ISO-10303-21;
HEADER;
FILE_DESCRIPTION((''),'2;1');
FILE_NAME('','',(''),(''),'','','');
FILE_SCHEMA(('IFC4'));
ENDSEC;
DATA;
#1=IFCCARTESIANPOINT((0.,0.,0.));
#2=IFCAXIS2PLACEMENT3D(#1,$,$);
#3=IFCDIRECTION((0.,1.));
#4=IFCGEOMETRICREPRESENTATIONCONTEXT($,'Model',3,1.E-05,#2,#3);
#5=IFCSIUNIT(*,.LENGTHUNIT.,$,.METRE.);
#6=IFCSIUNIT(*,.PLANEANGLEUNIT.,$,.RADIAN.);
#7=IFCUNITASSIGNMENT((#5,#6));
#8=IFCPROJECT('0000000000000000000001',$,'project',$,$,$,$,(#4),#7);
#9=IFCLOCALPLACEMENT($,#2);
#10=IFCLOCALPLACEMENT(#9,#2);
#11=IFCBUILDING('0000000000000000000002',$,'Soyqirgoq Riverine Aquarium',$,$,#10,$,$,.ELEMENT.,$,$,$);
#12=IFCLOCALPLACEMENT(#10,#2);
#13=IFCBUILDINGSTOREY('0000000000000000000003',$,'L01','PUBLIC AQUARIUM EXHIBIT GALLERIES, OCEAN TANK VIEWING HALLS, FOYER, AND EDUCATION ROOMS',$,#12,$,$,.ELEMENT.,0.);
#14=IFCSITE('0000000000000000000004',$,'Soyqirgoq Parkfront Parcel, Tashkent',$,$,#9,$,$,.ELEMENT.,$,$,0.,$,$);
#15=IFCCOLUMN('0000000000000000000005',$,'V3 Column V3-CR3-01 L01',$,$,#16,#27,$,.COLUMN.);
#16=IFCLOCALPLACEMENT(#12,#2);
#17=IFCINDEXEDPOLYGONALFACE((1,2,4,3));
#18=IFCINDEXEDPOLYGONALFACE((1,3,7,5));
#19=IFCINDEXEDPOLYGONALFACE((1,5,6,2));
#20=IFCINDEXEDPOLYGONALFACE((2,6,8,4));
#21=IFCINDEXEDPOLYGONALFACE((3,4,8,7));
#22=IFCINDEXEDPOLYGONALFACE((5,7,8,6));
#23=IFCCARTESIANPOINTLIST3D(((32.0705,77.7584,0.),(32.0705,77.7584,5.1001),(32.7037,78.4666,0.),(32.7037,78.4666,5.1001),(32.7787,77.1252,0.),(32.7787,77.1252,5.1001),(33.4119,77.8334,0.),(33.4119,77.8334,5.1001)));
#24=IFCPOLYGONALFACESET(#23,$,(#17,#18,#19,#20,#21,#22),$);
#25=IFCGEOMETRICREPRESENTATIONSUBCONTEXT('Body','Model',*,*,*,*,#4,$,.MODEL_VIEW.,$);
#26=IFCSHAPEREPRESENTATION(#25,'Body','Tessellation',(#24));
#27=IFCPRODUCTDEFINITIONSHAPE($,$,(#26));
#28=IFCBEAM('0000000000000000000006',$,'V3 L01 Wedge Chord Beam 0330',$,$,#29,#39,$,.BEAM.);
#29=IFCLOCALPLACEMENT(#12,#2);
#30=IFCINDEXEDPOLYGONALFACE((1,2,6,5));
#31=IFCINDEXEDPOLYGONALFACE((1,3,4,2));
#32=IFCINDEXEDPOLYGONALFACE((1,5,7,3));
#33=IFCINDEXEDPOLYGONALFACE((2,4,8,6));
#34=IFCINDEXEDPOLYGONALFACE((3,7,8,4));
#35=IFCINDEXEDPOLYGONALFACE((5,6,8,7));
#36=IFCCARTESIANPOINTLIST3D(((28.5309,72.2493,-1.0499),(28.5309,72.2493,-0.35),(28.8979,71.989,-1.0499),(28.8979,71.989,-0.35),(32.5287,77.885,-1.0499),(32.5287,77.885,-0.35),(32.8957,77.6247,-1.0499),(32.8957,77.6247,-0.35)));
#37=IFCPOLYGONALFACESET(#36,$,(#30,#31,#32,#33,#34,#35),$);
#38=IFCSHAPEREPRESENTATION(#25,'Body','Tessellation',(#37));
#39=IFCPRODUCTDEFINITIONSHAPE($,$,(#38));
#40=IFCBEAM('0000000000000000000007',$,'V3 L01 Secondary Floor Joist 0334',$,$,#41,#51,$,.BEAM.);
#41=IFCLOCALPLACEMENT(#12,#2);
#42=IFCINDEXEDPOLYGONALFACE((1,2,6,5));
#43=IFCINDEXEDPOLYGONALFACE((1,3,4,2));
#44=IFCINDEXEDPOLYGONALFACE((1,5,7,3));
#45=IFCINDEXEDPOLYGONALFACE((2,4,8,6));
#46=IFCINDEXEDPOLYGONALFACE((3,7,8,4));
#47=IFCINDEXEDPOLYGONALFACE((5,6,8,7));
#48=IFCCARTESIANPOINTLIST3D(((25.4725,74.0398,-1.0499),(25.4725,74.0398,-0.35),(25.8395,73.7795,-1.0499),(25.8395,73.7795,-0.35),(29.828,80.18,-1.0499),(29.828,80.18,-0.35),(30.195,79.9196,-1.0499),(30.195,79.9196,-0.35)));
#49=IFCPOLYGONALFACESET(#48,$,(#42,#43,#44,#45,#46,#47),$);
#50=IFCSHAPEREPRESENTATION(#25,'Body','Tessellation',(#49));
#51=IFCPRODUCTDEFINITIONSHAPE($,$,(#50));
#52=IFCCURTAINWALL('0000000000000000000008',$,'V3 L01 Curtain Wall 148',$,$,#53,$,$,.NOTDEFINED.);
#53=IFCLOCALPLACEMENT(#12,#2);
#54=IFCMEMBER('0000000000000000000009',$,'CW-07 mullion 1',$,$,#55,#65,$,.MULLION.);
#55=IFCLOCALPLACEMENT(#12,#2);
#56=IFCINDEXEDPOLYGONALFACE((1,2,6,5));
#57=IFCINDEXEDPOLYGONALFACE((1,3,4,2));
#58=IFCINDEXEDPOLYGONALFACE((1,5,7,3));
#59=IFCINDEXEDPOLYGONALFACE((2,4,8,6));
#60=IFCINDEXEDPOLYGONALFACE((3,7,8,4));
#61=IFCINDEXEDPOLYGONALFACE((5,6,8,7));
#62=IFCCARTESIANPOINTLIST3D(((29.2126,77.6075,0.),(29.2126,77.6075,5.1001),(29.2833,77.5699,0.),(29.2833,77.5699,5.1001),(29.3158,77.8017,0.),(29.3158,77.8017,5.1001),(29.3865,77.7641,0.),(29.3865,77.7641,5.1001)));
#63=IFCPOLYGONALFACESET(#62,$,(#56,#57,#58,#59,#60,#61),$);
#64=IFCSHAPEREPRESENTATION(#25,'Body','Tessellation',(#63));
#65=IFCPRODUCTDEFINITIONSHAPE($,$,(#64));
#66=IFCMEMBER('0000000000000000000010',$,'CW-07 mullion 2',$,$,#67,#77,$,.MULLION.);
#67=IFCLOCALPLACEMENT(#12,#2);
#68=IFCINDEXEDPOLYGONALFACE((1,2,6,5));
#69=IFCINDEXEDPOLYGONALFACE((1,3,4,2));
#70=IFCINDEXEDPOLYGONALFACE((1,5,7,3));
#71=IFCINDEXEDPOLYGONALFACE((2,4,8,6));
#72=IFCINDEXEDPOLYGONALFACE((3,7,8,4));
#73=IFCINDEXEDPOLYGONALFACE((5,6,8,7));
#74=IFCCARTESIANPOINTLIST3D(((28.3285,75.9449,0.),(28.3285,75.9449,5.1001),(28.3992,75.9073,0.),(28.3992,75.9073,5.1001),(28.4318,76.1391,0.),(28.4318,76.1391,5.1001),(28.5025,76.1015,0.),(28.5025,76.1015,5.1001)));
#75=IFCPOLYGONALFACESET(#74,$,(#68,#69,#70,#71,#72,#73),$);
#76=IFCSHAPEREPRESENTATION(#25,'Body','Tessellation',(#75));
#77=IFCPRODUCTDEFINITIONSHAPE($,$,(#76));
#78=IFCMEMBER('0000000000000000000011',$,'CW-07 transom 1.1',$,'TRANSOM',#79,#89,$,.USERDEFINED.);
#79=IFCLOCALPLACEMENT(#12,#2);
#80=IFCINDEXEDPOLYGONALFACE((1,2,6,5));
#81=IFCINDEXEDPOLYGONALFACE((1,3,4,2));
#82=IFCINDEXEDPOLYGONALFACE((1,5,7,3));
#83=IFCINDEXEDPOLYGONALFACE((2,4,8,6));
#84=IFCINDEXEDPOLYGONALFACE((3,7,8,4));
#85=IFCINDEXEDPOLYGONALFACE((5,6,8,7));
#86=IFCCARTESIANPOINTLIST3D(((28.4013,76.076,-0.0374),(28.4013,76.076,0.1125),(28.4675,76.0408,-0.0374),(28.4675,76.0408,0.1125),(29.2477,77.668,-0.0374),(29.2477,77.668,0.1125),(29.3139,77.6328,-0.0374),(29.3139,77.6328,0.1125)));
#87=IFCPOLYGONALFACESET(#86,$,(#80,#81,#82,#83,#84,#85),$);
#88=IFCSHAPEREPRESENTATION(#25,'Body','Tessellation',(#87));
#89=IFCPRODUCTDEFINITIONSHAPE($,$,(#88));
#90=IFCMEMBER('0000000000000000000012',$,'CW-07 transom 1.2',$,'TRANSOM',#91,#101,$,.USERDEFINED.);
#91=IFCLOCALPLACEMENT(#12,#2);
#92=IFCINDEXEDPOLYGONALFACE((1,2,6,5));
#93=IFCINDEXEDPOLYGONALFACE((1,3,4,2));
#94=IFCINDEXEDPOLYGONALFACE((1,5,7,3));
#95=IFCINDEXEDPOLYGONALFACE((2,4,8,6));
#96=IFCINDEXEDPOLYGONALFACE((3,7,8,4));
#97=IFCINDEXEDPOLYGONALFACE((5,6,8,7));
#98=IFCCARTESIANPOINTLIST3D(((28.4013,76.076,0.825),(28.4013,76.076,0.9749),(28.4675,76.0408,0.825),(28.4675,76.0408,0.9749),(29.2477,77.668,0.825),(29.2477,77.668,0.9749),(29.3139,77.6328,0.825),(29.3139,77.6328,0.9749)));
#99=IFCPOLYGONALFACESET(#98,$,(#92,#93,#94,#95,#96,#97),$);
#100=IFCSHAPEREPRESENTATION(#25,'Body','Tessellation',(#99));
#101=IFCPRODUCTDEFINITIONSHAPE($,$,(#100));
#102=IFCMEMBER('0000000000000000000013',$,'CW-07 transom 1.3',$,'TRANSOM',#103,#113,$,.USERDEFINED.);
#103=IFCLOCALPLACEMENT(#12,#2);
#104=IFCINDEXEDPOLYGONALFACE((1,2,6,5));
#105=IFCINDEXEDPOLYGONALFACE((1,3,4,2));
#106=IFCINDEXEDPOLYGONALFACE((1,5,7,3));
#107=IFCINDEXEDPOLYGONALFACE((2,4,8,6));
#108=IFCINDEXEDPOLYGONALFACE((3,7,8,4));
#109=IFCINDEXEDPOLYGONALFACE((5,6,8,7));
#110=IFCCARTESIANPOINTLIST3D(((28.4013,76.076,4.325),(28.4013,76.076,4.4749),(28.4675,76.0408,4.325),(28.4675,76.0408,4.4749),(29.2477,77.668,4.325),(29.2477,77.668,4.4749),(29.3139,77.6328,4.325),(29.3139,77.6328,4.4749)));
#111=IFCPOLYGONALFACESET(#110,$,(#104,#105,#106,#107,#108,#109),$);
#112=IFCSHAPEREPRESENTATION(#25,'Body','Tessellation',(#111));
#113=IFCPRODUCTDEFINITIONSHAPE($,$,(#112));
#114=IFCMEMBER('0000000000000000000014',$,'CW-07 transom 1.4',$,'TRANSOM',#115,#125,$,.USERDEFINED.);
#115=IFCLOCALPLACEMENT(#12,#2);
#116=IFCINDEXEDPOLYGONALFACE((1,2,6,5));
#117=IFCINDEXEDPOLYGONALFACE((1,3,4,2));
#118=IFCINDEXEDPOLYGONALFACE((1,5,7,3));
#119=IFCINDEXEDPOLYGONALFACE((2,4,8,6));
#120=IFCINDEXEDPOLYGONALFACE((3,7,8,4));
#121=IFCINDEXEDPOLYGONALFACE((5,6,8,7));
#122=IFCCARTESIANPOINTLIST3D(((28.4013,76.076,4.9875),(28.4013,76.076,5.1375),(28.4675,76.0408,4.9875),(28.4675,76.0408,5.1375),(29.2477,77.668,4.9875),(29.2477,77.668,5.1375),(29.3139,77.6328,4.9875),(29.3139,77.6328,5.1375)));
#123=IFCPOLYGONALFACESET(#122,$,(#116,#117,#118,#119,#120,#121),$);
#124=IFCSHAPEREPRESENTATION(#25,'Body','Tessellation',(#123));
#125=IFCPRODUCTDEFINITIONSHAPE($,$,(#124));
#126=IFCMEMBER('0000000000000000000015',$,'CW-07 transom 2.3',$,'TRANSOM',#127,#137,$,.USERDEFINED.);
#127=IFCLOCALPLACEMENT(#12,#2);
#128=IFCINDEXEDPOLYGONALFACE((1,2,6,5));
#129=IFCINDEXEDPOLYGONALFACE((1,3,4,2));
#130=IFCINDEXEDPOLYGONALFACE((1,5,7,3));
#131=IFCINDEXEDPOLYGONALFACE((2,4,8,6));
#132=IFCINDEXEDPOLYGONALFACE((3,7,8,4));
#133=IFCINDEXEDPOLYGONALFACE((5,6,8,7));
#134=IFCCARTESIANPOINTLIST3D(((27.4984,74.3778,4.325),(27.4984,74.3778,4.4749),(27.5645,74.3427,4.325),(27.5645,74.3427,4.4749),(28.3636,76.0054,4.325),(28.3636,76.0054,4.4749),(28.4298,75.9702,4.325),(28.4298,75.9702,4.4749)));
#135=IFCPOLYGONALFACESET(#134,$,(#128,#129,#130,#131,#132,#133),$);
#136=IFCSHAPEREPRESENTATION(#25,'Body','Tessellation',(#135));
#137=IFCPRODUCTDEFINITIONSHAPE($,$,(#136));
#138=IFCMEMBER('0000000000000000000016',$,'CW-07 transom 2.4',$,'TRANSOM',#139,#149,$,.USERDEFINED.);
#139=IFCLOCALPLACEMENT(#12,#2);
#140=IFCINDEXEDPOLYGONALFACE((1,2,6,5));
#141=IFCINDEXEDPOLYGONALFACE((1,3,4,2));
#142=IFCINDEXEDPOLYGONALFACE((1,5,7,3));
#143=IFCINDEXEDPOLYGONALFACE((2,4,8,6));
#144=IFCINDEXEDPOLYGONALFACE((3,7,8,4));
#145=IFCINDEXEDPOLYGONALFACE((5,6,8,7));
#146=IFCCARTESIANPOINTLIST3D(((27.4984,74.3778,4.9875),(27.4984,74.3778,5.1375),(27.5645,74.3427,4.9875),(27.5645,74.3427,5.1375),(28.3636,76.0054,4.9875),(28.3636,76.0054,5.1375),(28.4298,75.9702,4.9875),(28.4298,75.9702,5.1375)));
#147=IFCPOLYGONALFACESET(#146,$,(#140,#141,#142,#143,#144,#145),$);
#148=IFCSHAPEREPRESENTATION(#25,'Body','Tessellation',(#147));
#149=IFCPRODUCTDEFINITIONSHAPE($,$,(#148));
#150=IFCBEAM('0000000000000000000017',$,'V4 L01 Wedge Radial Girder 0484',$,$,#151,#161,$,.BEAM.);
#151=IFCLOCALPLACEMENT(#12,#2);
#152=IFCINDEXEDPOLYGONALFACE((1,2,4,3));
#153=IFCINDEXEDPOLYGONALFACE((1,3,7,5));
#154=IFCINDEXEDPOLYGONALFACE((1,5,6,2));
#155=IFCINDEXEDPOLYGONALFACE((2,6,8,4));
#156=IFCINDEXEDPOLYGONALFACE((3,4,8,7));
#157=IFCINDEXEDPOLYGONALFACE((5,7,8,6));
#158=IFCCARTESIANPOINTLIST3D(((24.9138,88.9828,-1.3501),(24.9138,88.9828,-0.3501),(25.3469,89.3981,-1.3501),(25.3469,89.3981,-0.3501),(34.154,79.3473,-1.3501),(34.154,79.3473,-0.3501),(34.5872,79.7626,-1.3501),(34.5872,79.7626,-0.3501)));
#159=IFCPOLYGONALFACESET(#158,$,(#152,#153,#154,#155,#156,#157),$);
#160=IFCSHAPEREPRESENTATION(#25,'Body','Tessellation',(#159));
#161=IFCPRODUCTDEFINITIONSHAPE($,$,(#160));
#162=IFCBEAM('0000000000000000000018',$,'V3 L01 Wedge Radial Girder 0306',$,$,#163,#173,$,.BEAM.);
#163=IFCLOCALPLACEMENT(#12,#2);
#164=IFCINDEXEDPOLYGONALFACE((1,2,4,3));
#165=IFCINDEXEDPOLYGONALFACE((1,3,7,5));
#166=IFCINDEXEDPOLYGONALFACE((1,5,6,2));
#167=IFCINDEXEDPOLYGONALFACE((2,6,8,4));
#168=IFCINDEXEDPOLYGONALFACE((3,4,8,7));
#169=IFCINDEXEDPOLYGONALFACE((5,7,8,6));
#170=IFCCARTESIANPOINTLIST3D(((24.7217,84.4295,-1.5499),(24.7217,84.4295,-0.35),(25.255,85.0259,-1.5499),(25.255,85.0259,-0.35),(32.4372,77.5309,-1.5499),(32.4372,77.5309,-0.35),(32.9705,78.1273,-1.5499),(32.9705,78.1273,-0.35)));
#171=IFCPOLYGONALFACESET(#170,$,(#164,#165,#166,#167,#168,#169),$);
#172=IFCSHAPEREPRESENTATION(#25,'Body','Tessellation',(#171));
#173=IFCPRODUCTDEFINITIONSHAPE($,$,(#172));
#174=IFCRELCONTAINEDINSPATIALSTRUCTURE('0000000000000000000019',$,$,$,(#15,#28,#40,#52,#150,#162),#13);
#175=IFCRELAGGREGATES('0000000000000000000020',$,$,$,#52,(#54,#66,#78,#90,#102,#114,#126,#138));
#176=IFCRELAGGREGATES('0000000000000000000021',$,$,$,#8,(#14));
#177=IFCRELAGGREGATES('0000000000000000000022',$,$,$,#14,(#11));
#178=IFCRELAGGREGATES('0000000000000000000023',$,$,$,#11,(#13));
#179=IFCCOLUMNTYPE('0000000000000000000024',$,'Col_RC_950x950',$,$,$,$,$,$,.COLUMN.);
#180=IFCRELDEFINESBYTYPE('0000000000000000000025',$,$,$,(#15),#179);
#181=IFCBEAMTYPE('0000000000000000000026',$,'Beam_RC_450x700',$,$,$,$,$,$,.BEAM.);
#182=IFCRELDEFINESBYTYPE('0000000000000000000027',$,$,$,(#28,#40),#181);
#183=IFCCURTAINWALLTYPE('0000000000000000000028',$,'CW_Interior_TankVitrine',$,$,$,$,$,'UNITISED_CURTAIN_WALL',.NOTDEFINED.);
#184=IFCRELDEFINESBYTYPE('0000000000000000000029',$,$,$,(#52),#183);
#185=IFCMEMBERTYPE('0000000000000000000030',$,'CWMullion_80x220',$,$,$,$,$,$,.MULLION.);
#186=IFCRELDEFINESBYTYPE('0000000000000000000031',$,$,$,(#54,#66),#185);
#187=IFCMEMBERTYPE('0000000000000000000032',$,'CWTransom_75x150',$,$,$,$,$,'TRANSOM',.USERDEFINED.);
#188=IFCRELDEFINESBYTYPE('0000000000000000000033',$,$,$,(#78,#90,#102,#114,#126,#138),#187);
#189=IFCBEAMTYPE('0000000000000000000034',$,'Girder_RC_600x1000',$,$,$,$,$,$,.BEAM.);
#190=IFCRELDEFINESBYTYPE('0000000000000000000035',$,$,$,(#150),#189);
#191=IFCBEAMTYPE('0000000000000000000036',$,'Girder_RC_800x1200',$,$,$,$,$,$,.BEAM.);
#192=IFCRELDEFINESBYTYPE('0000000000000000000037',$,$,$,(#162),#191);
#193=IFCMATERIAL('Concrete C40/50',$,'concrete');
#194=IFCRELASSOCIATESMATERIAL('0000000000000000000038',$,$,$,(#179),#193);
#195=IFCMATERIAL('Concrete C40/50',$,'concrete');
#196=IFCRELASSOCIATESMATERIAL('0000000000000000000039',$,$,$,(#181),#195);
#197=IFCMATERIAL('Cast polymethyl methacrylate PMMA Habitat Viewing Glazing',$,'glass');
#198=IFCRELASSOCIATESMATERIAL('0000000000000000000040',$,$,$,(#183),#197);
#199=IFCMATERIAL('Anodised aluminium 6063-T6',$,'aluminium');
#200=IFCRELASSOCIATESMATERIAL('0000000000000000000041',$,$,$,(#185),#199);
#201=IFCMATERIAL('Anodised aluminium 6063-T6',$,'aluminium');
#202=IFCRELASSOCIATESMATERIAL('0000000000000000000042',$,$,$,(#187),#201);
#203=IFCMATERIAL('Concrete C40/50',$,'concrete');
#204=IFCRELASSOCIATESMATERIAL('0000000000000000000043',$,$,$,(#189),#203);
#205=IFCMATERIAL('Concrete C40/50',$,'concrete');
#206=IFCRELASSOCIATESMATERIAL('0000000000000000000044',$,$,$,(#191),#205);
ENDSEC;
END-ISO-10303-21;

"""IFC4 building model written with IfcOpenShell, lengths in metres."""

from ifc_helpers import new_model, si_unit, direction, frame, origin, origin_2d, place, context, subcontext, project, spatial, rectangle, extrude, material, material_profile, profile_set, type_object, element, aggregate, save


model = new_model("IFC4")

# Units and contexts
model_context = context("Model", 3, precision=1e-05, world=origin(), true_north=direction((0.0, 1.0)))
body_context = subcontext(model_context, "Body", "Model", "MODEL_VIEW")
ifc_project = project(units=[si_unit("LENGTHUNIT", "METRE"), si_unit("PLANEANGLEUNIT", "RADIAN")], contexts=[model_context])

# Site, building, storey
site_placement = place(None, origin())
site = spatial("IfcSite", under=ifc_project, at=site_placement, Name="Soyqirgoq Parkfront Parcel, Tashkent", CompositionType="ELEMENT", RefElevation=0.0)
building_placement = place(site_placement, origin())
building = spatial("IfcBuilding", under=site, at=building_placement, Name="Soyqirgoq Riverine Aquarium", CompositionType="ELEMENT")
storey_placement = place(building_placement, origin())
storey = spatial("IfcBuildingStorey", under=building, at=storey_placement, Name="L01", Description="PUBLIC AQUARIUM EXHIBIT GALLERIES, OCEAN TANK VIEWING HALLS, FOYER, AND EDUCATION ROOMS", CompositionType="ELEMENT", Elevation=0.0)

# Column
ifc_material_1 = material(Name="Concrete C40/50", Category="concrete")
ifc_material_profile_1 = material_profile(ifc_material_1, rectangle(XDim=0.95, YDim=0.95, at=origin_2d()), Name="RC 950x950")
ifc_profile_set_1 = profile_set([ifc_material_profile_1], Name="Concrete C40/50")
column_type = type_object("IfcColumnType", Name="Col_RC_950x950", PredefinedType="COLUMN", material=ifc_profile_set_1)
column_placement = place(storey_placement, frame((32.7412, 77.7959, 0.0), z_axis=(0.0, 0.0, 1.0), x_axis=(-0.745476, 0.666532, 0.0)))
element("IfcColumn", 1, at=column_placement, inside=storey, type_object=column_type, Name="V3 Column V3-CR3-01 L01", PredefinedType="COLUMN", context=body_context, shape_type="SweptSolid", body=[
    extrude(rectangle(XDim=0.95, YDim=0.95, at=origin_2d()), origin(), (0.0, 0.0, 1.0), 5.1001),
])

# Beams
ifc_material_2 = material(Name="Concrete C40/50", Category="concrete")
ifc_material_profile_2 = material_profile(ifc_material_2, rectangle(XDim=0.45, YDim=0.7, at=origin_2d()), Name="RC 450x700")
ifc_profile_set_2 = profile_set([ifc_material_profile_2], Name="Concrete C40/50")
beam_type_1 = type_object("IfcBeamType", Name="Beam_RC_450x700", PredefinedType="BEAM", material=ifc_profile_set_2)
beam_1_placement = place(storey_placement, frame((32.7122, 77.7549, -0.7), z_axis=(-0.578578, -0.815627, 0.0), x_axis=(0.815627, -0.578578, 0.0)))
element("IfcBeam", 2, at=beam_1_placement, inside=storey, type_object=beam_type_1, Name="V3 L01 Wedge Chord Beam 0330", PredefinedType="BEAM", context=body_context, shape_type="SweptSolid", body=[
    extrude(rectangle(XDim=0.45, YDim=0.7, at=origin_2d()), origin(), (0.0, 0.0, 1.0), 6.9097),
])
beam_2_placement = place(storey_placement, frame((30.0115, 80.0498, -0.7), z_axis=(-0.578566, -0.815636, 0.0), x_axis=(0.815636, -0.578566, 0.0)))
element("IfcBeam", 3, at=beam_2_placement, inside=storey, type_object=beam_type_1, Name="V3 L01 Secondary Floor Joist 0334", PredefinedType="BEAM", context=body_context, shape_type="SweptSolid", body=[
    extrude(rectangle(XDim=0.45, YDim=0.7, at=origin_2d()), origin(), (0.0, 0.0, 1.0), 7.5281),
])

# Curtain wall, members
ifc_material_3 = material(Name="Cast polymethyl methacrylate PMMA Habitat Viewing Glazing", Category="glass")
curtain_wall_type = type_object("IfcCurtainWallType", Name="CW_Interior_TankVitrine", ElementType="UNITISED_CURTAIN_WALL", PredefinedType="NOTDEFINED", material=ifc_material_3)
curtain_wall_placement = place(storey_placement, origin())
curtain_wall = element("IfcCurtainWall", 4, at=curtain_wall_placement, inside=storey, type_object=curtain_wall_type, Name="V3 L01 Curtain Wall 148", PredefinedType="NOTDEFINED")
ifc_material_4 = material(Name="Anodised aluminium 6063-T6", Category="aluminium")
ifc_material_profile_3 = material_profile(ifc_material_4, rectangle(XDim=0.0801, YDim=0.22, at=origin_2d()), Name="ALU-M 80x220")
ifc_profile_set_3 = profile_set([ifc_material_profile_3], Name="Anodised aluminium 6063-T6")
member_type_1 = type_object("IfcMemberType", Name="CWMullion_80x220", PredefinedType="MULLION", material=ifc_profile_set_3)
member_1_placement = place(storey_placement, frame((29.2996, 77.6858, 0.0), z_axis=(0.0, 0.0, 1.0), x_axis=(0.882946, -0.469475, 0.0)))
member_1 = element("IfcMember", 5, at=member_1_placement, type_object=member_type_1, Name="CW-07 mullion 1", PredefinedType="MULLION", context=body_context, shape_type="SweptSolid", body=[
    extrude(rectangle(XDim=0.0801, YDim=0.22, at=origin_2d()), origin(), (0.0, 0.0, 1.0), 5.1001),
])
member_2_placement = place(storey_placement, frame((28.4155, 76.0232, 0.0), z_axis=(0.0, 0.0, 1.0), x_axis=(0.882946, -0.469475, 0.0)))
member_2 = element("IfcMember", 6, at=member_2_placement, type_object=member_type_1, Name="CW-07 mullion 2", PredefinedType="MULLION", context=body_context, shape_type="SweptSolid", body=[
    extrude(rectangle(XDim=0.0801, YDim=0.22, at=origin_2d()), origin(), (0.0, 0.0, 1.0), 5.1001),
])
ifc_material_5 = material(Name="Anodised aluminium 6063-T6", Category="aluminium")
ifc_material_profile_4 = material_profile(ifc_material_5, rectangle(XDim=0.075, YDim=0.1499, at=origin_2d()), Name="ALU-T 75x150")
ifc_profile_set_4 = profile_set([ifc_material_profile_4], Name="Anodised aluminium 6063-T6")
member_type_2 = type_object("IfcMemberType", Name="CWTransom_75x150", ElementType="TRANSOM", PredefinedType="USERDEFINED", material=ifc_profile_set_4)
member_3_placement = place(storey_placement, frame((29.2808, 77.6504, 0.0376), z_axis=(-0.469442, -0.882963, 0.0), x_axis=(0.882963, -0.469442, 0.0)))
member_3 = element("IfcMember", 7, at=member_3_placement, type_object=member_type_2, Name="CW-07 transom 1.1", ObjectType="TRANSOM", PredefinedType="USERDEFINED", context=body_context, shape_type="SweptSolid", body=[
    extrude(rectangle(XDim=0.075, YDim=0.1499, at=origin_2d()), origin(), (0.0, 0.0, 1.0), 1.803),
])
member_4_placement = place(storey_placement, frame((29.2808, 77.6504, 0.8999), z_axis=(-0.469442, -0.882963, 0.0), x_axis=(0.882963, -0.469442, 0.0)))
member_4 = element("IfcMember", 8, at=member_4_placement, type_object=member_type_2, Name="CW-07 transom 1.2", ObjectType="TRANSOM", PredefinedType="USERDEFINED", context=body_context, shape_type="SweptSolid", body=[
    extrude(rectangle(XDim=0.075, YDim=0.1499, at=origin_2d()), origin(), (0.0, 0.0, 1.0), 1.803),
])
member_5_placement = place(storey_placement, frame((29.2808, 77.6504, 4.3999), z_axis=(-0.469442, -0.882963, 0.0), x_axis=(0.882963, -0.469442, 0.0)))
member_5 = element("IfcMember", 9, at=member_5_placement, type_object=member_type_2, Name="CW-07 transom 1.3", ObjectType="TRANSOM", PredefinedType="USERDEFINED", context=body_context, shape_type="SweptSolid", body=[
    extrude(rectangle(XDim=0.075, YDim=0.1499, at=origin_2d()), origin(), (0.0, 0.0, 1.0), 1.803),
])
member_6_placement = place(storey_placement, frame((29.2808, 77.6504, 5.0625), z_axis=(-0.469442, -0.882963, 0.0), x_axis=(0.882963, -0.469442, 0.0)))
member_6 = element("IfcMember", 10, at=member_6_placement, type_object=member_type_2, Name="CW-07 transom 1.4", ObjectType="TRANSOM", PredefinedType="USERDEFINED", context=body_context, shape_type="SweptSolid", body=[
    extrude(rectangle(XDim=0.075, YDim=0.1499, at=origin_2d()), origin(), (0.0, 0.0, 1.0), 1.803),
])
member_7_placement = place(storey_placement, frame((28.3967, 75.9878, 4.3999), z_axis=(-0.469433, -0.882968, 0.0), x_axis=(0.882968, -0.469433, 0.0)))
member_7 = element("IfcMember", 11, at=member_7_placement, type_object=member_type_2, Name="CW-07 transom 2.3", ObjectType="TRANSOM", PredefinedType="USERDEFINED", context=body_context, shape_type="SweptSolid", body=[
    extrude(rectangle(XDim=0.075, YDim=0.1499, at=origin_2d()), origin(), (0.0, 0.0, 1.0), 1.8433),
])
member_8_placement = place(storey_placement, frame((28.3967, 75.9878, 5.0625), z_axis=(-0.469433, -0.882968, 0.0), x_axis=(0.882968, -0.469433, 0.0)))
member_8 = element("IfcMember", 12, at=member_8_placement, type_object=member_type_2, Name="CW-07 transom 2.4", ObjectType="TRANSOM", PredefinedType="USERDEFINED", context=body_context, shape_type="SweptSolid", body=[
    extrude(rectangle(XDim=0.075, YDim=0.1499, at=origin_2d()), origin(), (0.0, 0.0, 1.0), 1.8433),
])

# Beams
ifc_material_6 = material(Name="Concrete C40/50", Category="concrete")
ifc_material_profile_5 = material_profile(ifc_material_6, rectangle(XDim=0.6001, YDim=1.0, at=origin_2d()), Name="RC 600x1000")
ifc_profile_set_5 = profile_set([ifc_material_profile_5], Name="Concrete C40/50")
beam_type_2 = type_object("IfcBeamType", Name="Girder_RC_600x1000", PredefinedType="BEAM", material=ifc_profile_set_5)
beam_3_placement = place(storey_placement, frame((34.3706, 79.5549, -0.8501), z_axis=(-0.692148, 0.721756, 0.0), x_axis=(-0.721756, -0.692148, 0.0)))
element("IfcBeam", 13, at=beam_3_placement, inside=storey, type_object=beam_type_2, Name="V4 L01 Wedge Radial Girder 0484", PredefinedType="BEAM", context=body_context, shape_type="SweptSolid", body=[
    extrude(rectangle(XDim=0.6001, YDim=1.0, at=origin_2d()), origin(), (0.0, 0.0, 1.0), 13.3501),
])
ifc_material_7 = material(Name="Concrete C40/50", Category="concrete")
ifc_material_profile_6 = material_profile(ifc_material_7, rectangle(XDim=0.8, YDim=1.2, at=origin_2d()), Name="RC 800x1200")
ifc_profile_set_6 = profile_set([ifc_material_profile_6], Name="Concrete C40/50")
beam_type_3 = type_object("IfcBeamType", Name="Girder_RC_800x1200", PredefinedType="BEAM", material=ifc_profile_set_6)
beam_4_placement = place(storey_placement, frame((32.7039, 77.8291, -0.95), z_axis=(-0.745468, 0.666541, 0.0), x_axis=(-0.666541, -0.745468, 0.0)))
element("IfcBeam", 14, at=beam_4_placement, inside=storey, type_object=beam_type_3, Name="V3 L01 Wedge Radial Girder 0306", PredefinedType="BEAM", context=body_context, shape_type="SweptSolid", body=[
    extrude(rectangle(XDim=0.8, YDim=1.2, at=origin_2d()), origin(), (0.0, 0.0, 1.0), 10.3499),
])

aggregate(curtain_wall, [member_1, member_2, member_3, member_4, member_5, member_6, member_7, member_8])

save(model, "model.ifc")
